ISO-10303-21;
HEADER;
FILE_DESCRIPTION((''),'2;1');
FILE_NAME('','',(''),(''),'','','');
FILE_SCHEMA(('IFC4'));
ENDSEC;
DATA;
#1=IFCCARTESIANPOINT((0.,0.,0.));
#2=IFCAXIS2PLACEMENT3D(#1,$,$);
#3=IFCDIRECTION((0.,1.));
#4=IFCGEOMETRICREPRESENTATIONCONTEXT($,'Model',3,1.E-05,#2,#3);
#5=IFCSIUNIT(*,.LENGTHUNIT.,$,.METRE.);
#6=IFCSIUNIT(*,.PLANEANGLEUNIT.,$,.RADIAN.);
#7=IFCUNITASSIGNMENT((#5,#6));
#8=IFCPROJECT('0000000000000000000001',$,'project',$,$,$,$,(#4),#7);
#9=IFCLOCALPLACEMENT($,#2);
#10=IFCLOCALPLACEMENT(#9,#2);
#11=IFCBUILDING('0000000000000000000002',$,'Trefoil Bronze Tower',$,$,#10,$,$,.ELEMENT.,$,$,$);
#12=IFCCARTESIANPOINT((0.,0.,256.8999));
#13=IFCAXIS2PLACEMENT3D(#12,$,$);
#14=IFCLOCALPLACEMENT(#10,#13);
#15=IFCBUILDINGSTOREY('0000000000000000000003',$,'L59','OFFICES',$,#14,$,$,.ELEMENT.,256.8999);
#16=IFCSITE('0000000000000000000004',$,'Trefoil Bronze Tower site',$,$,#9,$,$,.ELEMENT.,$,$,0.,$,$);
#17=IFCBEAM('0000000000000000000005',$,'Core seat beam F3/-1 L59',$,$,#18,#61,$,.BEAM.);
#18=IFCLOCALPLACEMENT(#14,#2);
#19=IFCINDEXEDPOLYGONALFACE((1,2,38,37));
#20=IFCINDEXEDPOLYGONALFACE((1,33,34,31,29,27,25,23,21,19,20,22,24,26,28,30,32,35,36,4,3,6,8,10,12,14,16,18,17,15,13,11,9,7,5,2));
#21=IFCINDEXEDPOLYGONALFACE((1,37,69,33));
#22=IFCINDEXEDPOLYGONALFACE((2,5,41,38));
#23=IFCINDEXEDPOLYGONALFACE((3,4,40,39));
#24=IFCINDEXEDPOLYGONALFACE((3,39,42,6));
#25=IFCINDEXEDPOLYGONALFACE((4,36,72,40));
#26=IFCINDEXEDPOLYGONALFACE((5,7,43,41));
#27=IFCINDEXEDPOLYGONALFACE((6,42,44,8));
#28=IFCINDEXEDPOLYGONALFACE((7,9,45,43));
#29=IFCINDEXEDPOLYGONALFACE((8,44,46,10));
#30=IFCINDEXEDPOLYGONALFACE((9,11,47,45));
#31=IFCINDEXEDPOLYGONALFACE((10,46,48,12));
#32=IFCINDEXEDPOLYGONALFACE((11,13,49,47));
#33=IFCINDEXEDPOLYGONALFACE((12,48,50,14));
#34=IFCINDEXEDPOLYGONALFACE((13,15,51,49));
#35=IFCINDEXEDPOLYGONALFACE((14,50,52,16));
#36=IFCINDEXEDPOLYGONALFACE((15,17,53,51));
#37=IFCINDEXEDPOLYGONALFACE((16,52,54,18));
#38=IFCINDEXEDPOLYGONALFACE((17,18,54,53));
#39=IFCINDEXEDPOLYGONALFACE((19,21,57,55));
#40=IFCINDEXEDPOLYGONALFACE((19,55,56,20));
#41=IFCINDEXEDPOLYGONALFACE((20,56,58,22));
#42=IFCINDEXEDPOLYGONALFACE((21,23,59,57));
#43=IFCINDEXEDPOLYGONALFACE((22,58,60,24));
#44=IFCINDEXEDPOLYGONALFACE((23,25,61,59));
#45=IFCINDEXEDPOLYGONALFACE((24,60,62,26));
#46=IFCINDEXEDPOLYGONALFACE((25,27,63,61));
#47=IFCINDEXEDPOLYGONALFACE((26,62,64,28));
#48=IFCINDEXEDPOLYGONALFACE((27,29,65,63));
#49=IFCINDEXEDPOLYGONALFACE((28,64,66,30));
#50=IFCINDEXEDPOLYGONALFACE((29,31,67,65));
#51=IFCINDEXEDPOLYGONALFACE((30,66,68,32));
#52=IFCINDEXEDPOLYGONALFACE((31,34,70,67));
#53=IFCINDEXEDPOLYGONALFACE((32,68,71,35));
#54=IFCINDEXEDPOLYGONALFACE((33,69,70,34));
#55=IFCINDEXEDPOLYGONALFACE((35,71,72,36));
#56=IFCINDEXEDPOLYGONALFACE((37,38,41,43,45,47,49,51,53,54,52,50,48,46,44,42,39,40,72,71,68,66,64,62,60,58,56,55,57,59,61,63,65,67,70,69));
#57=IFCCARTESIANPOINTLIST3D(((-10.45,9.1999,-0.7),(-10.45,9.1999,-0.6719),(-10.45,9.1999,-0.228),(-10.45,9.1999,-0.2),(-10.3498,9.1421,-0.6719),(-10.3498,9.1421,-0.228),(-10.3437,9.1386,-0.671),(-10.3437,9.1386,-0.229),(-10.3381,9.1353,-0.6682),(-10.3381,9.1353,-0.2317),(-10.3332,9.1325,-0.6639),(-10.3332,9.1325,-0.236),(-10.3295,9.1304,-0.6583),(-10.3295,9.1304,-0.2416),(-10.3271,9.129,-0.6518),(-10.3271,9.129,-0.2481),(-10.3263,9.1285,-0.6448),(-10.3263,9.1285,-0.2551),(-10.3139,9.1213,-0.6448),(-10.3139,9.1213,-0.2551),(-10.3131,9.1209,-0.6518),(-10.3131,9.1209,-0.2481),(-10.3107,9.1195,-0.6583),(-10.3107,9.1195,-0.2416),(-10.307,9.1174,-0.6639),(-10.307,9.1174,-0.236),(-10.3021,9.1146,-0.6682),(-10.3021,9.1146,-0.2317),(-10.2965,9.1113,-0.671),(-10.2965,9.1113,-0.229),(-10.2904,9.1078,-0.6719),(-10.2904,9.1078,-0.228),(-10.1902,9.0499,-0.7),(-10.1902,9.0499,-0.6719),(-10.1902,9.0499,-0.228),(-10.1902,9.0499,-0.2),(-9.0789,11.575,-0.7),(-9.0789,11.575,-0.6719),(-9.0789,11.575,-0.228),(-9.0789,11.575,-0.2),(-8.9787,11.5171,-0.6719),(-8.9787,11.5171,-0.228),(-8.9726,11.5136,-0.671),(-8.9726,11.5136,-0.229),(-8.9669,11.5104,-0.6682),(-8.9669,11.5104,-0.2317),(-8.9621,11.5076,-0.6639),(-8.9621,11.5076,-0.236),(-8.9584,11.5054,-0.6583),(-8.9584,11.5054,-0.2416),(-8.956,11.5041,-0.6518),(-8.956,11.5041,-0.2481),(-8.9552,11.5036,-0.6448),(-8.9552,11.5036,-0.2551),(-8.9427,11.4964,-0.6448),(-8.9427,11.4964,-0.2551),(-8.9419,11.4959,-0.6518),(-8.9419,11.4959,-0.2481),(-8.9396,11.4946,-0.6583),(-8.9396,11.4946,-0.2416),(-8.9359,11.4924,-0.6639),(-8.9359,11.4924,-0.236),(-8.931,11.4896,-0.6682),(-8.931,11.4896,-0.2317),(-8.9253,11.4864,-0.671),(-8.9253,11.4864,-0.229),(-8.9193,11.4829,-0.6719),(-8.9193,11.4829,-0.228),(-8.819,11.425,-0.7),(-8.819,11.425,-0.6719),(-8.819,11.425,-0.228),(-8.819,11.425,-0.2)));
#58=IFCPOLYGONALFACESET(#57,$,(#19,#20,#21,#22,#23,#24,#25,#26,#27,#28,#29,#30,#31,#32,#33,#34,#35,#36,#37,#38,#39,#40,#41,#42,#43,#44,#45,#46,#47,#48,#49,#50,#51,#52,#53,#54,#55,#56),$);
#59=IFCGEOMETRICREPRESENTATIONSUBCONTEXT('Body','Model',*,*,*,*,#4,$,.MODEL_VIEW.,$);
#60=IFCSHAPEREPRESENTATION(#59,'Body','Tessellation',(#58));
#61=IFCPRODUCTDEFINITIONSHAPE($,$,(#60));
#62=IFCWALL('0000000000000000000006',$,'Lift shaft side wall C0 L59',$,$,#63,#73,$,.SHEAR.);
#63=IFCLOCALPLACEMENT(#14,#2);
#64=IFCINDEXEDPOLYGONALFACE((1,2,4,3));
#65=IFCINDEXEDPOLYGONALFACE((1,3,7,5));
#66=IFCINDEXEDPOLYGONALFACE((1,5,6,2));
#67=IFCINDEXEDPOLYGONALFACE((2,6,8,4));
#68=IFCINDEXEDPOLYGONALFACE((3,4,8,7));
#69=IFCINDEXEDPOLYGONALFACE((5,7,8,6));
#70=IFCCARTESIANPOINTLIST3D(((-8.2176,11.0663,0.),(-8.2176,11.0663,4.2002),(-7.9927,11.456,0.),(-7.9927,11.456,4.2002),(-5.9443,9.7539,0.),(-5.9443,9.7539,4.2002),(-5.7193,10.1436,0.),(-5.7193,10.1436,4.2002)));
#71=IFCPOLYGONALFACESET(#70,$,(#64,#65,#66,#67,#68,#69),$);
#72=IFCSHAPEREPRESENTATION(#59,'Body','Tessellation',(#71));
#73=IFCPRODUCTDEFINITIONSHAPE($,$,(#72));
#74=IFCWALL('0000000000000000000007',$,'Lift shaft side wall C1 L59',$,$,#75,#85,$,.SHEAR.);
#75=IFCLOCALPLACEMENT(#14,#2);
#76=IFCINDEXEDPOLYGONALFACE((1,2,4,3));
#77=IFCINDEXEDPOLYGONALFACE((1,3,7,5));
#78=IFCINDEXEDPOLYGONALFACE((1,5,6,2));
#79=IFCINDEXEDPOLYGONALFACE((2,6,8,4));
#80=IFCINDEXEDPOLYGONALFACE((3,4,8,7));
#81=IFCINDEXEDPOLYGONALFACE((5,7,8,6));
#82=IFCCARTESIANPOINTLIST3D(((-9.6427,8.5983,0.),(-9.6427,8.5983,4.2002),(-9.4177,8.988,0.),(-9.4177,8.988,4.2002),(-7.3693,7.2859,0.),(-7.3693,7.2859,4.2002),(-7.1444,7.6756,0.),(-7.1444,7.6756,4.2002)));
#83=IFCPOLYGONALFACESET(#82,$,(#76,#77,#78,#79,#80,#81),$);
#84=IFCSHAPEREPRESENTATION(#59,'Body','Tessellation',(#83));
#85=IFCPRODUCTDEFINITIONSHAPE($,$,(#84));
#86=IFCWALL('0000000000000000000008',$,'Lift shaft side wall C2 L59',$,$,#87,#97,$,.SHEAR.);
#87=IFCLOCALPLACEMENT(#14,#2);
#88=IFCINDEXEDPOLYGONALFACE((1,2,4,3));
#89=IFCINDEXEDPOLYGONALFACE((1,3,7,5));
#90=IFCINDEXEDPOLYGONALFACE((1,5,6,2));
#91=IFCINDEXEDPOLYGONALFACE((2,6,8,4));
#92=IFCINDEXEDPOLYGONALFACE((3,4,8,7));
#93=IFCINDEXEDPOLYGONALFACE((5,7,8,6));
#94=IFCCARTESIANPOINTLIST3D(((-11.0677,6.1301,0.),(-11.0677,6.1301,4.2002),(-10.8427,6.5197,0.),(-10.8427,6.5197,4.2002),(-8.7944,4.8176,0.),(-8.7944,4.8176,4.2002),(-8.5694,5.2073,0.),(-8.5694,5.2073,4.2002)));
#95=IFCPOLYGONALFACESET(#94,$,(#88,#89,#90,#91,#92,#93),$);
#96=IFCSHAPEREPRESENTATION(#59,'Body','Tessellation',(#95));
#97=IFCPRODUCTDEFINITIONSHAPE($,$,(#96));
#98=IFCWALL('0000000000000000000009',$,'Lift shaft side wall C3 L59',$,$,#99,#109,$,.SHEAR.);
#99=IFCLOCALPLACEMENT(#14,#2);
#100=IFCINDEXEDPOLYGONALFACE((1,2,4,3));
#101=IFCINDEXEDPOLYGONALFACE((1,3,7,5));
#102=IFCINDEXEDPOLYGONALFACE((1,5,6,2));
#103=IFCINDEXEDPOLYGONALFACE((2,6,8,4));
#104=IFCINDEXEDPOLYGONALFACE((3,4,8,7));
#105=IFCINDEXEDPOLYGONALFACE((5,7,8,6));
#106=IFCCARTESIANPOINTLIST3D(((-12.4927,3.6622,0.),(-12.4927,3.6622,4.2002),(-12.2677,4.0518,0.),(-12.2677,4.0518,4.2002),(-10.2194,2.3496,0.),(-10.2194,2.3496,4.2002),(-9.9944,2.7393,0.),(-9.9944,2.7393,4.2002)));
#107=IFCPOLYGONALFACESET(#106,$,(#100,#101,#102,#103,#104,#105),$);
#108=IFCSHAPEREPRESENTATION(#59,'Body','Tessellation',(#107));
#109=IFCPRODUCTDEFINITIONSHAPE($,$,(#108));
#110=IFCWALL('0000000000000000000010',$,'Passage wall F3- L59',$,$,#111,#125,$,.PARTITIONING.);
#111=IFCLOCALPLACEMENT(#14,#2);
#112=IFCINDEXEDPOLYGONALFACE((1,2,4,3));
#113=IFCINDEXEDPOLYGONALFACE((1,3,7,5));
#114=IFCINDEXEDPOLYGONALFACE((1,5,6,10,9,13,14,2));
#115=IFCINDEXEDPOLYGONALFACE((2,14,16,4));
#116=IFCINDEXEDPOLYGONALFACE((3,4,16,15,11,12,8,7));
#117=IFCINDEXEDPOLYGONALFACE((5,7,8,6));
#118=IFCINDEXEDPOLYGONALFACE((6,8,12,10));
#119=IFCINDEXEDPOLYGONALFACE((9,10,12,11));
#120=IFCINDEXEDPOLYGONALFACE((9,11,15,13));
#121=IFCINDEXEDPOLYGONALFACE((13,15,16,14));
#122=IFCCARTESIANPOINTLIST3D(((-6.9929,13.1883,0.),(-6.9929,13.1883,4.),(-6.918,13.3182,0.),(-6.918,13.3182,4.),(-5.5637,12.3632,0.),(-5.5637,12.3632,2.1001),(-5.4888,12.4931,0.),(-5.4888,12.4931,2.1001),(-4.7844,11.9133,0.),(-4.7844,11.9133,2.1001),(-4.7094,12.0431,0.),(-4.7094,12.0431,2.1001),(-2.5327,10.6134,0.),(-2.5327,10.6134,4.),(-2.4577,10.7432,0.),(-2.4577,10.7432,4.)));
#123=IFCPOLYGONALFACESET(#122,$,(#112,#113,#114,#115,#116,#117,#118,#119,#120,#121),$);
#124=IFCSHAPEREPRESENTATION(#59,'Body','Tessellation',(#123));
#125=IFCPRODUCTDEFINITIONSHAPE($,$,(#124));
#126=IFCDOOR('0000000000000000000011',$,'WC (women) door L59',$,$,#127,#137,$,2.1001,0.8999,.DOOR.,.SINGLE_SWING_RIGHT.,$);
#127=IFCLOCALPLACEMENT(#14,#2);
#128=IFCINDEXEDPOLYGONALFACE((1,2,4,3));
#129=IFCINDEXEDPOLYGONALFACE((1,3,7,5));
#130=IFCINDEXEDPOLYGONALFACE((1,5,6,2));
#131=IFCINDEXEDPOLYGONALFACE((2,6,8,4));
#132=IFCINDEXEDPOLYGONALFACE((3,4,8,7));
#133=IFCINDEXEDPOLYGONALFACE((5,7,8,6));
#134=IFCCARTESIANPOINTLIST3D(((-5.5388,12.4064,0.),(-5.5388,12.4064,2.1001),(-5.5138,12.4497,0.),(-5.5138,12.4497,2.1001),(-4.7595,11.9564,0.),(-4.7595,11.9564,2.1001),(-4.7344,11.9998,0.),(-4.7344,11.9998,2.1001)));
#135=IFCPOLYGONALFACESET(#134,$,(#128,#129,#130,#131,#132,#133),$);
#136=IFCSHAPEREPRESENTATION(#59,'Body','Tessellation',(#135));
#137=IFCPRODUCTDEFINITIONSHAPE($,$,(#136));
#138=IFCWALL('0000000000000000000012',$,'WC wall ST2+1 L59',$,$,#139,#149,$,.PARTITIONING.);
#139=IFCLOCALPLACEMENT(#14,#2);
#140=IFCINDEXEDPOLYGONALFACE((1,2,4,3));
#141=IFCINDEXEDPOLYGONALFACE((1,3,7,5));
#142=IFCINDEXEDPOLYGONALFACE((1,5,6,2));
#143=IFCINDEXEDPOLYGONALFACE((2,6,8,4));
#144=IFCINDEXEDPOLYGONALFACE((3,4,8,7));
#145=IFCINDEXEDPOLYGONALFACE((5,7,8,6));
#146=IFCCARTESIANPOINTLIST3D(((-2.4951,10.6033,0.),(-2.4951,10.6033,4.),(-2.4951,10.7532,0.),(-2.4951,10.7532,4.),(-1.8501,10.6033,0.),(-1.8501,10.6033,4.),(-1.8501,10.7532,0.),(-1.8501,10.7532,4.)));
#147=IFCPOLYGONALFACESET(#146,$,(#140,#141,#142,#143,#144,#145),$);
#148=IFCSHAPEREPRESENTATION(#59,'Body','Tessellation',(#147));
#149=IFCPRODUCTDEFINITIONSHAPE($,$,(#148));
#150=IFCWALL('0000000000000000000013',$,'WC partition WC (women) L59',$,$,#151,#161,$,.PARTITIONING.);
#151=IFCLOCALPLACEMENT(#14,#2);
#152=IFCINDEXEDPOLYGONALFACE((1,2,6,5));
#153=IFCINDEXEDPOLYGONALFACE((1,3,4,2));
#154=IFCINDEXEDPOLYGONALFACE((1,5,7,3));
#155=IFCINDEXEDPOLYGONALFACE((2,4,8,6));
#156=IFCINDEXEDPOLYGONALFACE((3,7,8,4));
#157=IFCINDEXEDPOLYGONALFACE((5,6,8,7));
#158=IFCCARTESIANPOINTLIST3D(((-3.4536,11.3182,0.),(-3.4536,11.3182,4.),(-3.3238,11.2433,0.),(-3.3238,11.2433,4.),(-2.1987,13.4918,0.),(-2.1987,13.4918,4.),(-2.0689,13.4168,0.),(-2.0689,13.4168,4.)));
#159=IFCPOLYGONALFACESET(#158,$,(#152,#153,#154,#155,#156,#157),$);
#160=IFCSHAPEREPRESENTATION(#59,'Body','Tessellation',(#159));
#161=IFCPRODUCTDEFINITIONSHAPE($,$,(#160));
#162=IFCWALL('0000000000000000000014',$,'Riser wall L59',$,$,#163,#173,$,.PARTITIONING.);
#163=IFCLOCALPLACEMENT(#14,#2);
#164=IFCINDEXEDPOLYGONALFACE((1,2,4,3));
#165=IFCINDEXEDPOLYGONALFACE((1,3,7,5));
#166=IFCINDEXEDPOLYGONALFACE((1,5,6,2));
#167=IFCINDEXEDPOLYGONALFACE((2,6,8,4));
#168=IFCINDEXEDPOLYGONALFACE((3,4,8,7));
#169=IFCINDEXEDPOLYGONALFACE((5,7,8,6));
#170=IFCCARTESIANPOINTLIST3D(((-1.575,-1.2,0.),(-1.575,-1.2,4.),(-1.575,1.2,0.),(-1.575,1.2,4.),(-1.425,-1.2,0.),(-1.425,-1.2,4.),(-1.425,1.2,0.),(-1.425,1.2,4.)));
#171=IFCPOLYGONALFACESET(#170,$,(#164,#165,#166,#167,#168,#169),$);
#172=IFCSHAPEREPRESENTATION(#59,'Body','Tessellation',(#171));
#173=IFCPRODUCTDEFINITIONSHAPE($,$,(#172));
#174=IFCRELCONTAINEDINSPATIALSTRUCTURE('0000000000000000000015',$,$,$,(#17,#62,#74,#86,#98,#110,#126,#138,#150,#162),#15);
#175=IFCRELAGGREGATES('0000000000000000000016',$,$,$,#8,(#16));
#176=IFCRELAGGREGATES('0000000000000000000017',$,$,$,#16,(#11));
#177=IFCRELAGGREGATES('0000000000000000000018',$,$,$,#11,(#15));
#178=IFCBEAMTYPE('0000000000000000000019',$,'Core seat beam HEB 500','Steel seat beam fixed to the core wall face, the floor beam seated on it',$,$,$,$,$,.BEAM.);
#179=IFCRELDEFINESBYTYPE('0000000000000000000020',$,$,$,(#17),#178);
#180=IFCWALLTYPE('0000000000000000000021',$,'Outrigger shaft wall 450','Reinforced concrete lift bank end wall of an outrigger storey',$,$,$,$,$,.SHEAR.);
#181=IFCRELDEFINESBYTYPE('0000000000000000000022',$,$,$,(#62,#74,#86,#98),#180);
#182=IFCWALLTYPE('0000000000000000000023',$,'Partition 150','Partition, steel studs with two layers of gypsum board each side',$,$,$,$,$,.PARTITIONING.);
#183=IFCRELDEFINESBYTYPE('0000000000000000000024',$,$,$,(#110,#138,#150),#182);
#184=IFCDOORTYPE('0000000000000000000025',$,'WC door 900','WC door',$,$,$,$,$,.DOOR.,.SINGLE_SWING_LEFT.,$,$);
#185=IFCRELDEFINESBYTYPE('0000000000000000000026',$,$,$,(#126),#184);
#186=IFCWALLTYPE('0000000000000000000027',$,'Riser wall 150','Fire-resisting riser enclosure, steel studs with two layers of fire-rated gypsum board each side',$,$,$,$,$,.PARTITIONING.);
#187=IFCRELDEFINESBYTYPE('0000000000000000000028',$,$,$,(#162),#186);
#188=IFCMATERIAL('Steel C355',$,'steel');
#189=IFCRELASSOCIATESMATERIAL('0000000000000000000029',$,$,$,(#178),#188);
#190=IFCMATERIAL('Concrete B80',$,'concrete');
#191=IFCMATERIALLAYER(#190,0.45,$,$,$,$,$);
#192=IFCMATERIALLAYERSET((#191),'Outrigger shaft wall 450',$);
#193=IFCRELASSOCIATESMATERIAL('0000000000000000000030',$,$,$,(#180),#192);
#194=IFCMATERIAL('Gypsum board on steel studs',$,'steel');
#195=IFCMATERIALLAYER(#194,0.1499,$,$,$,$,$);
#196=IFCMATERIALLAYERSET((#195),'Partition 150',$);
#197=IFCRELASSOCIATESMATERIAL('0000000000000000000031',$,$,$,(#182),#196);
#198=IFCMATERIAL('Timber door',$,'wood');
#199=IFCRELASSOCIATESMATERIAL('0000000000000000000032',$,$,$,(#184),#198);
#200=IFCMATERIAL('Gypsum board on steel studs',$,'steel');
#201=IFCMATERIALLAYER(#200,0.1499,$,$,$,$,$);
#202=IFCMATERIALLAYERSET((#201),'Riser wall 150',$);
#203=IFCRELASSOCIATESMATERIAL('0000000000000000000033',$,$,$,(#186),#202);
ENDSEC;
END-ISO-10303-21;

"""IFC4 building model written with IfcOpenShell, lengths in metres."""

from ifc_helpers import new_model, si_unit, direction, frame, frame_2d, origin, origin_2d, place, context, subcontext, project, spatial, rectangle, i_section, extrude, material, layer, layer_set, material_profile, profile_set, type_object, element, fill, save


model = new_model("IFC4")

# Units and contexts
model_context = context("Model", 3, precision=1e-05, world=origin(), true_north=direction((0.0, 1.0)))
body_context = subcontext(model_context, "Body", "Model", "MODEL_VIEW")
ifc_project = project(units=[si_unit("LENGTHUNIT", "METRE"), si_unit("PLANEANGLEUNIT", "RADIAN")], contexts=[model_context])

# Site, building, storey
site_placement = place(None, origin())
site = spatial("IfcSite", under=ifc_project, at=site_placement, Name="Trefoil Bronze Tower site", CompositionType="ELEMENT", RefElevation=0.0)
building_placement = place(site_placement, origin())
building = spatial("IfcBuilding", under=site, at=building_placement, Name="Trefoil Bronze Tower", CompositionType="ELEMENT")
storey_placement = place(building_placement, frame((0.0, 0.0, 256.8999)))
storey = spatial("IfcBuildingStorey", under=building, at=storey_placement, Name="L59", Description="OFFICES", CompositionType="ELEMENT", Elevation=256.8999)

# Beam
ifc_material_1 = material(Name="Steel C355", Category="steel")
ifc_material_profile = material_profile(ifc_material_1, i_section(OverallWidth=0.3, OverallDepth=0.5, WebThickness=0.0144, FlangeThickness=0.0281, FilletRadius=0.0271, at=origin_2d()), Name="HEB 500")
ifc_profile_set = profile_set([ifc_material_profile], Name="Steel C355")
beam_type = type_object("IfcBeamType", Name="Core seat beam HEB 500", Description="Steel seat beam fixed to the core wall face, the floor beam seated on it", PredefinedType="BEAM", material=ifc_profile_set)
beam_placement = place(storey_placement, frame((-8.949, 11.5, -0.45), z_axis=(-0.499969, -0.866043, 0.0), x_axis=(0.866043, -0.499969, 0.0)))
element("IfcBeam", 1, at=beam_placement, inside=storey, type_object=beam_type, Name="Core seat beam F3/-1 L59", PredefinedType="BEAM", context=body_context, shape_type="SweptSolid", body=[
    extrude(i_section(OverallWidth=0.3, OverallDepth=0.5, WebThickness=0.0144, FlangeThickness=0.0281, FilletRadius=0.0271, at=origin_2d()), origin(), (0.0, 0.0, 1.0), 2.7424),
])

# Walls
ifc_material_2 = material(Name="Concrete B80", Category="concrete")
ifc_layer_1 = layer(ifc_material_2, 0.45)
ifc_layer_set_1 = layer_set([ifc_layer_1], Name="Outrigger shaft wall 450")
wall_type_1 = type_object("IfcWallType", Name="Outrigger shaft wall 450", Description="Reinforced concrete lift bank end wall of an outrigger storey", PredefinedType="SHEAR", material=ifc_layer_set_1)
for number, where, z_axis, x_axis, name in (
    (2, (-5.8318, 9.9487, 0.0), (0.0, 0.0, 1.0), (-0.866037, 0.49998, 0.0), "Lift shaft side wall C0 L59"),
    (3, (-7.2568, 7.4807, 0.0), (0.0, 0.0, 1.0), (-0.866037, 0.49998, 0.0), "Lift shaft side wall C1 L59"),
    (4, (-8.6819, 5.0125, 0.0), (0.0, 0.0, 1.0), (-0.866037, 0.49998, 0.0), "Lift shaft side wall C2 L59"),
    (5, (-10.1069, 2.5444, 0.0), (0.0, 0.0, 1.0), (-0.866014, 0.50002, 0.0), "Lift shaft side wall C3 L59"),
):
    element("IfcWall", number, at=place(storey_placement, frame(where, z_axis=z_axis, x_axis=x_axis)), inside=storey, type_object=wall_type_1, Name=name, PredefinedType="SHEAR", context=body_context, shape_type="SweptSolid", body=[
        extrude(rectangle(XDim=2.625, YDim=0.45, at=frame_2d((1.3125, 0.0))), origin(), (0.0, 0.0, 1.0), 4.2002),
    ])

# Wall, opening, door
ifc_material_3 = material(Name="Gypsum board on steel studs", Category="steel")
ifc_layer_2 = layer(ifc_material_3, 0.1499)
ifc_layer_set_2 = layer_set([ifc_layer_2], Name="Partition 150")
wall_type_2 = type_object("IfcWallType", Name="Partition 150", Description="Partition, steel studs with two layers of gypsum board each side", PredefinedType="PARTITIONING", material=ifc_layer_set_2)
wall_1_placement = place(storey_placement, frame((-2.4951, 10.6782, 0.0), z_axis=(0.0, 0.0, 1.0), x_axis=(-0.866038, 0.499978, 0.0)))
wall_1 = element("IfcWall", 6, at=wall_1_placement, inside=storey, type_object=wall_type_2, Name="Passage wall F3- L59", PredefinedType="PARTITIONING", context=body_context, shape_type="SweptSolid", body=[
    extrude(rectangle(XDim=5.1501, YDim=0.1499, at=frame_2d((2.5752, 0.0))), origin(), (0.0, 0.0, 1.0), 4.0),
])
opening_1_placement = place(wall_1_placement, frame((2.6001, 0.0, 0.0)))
opening_1 = element("IfcOpeningElement", 7, at=opening_1_placement, cuts=wall_1, PredefinedType="OPENING", context=body_context, shape_type="SweptSolid", body=[
    extrude(rectangle(XDim=0.8999, YDim=2.1001, at=frame_2d((0.45, 1.05))), frame((0.0, 0.085, 0.0), z_axis=(0.0, -1.0, 0.0), x_axis=(1.0, 0.0, 0.0)), (0.0, 0.0, 1.0), 0.1699),
])
ifc_material_4 = material(Name="Timber door", Category="wood")
door_type_1 = type_object("IfcDoorType", Name="WC door 900", Description="WC door", OperationType="SINGLE_SWING_LEFT", PredefinedType="DOOR", material=ifc_material_4)
door_1_placement = place(opening_1_placement, frame((0.8999, 0.0, 0.0), z_axis=(0.0, 0.0, 1.0), x_axis=(-1.0, 0.0, 0.0)))
door_1 = element("IfcDoor", 8, at=door_1_placement, inside=storey, type_object=door_type_1, Name="WC (women) door L59", OperationType="SINGLE_SWING_RIGHT", OverallHeight=2.1001, OverallWidth=0.8999, PredefinedType="DOOR", context=body_context, shape_type="SweptSolid", body=[
    extrude(rectangle(XDim=0.8999, YDim=2.1001, at=frame_2d((0.45, 1.05))), frame((0.0, 0.0249, 0.0), z_axis=(0.0, -1.0, 0.0), x_axis=(1.0, 0.0, 0.0)), (0.0, 0.0, 1.0), 0.05),
])
fill(opening_1, door_1)

# Walls
wall_2_placement = place(storey_placement, frame((-2.4951, 10.6782, 0.0), z_axis=(0.0, 0.0, 1.0), x_axis=(1.0, 0.0, 0.0)))
element("IfcWall", 9, at=wall_2_placement, inside=storey, type_object=wall_type_2, Name="WC wall ST2+1 L59", PredefinedType="PARTITIONING", context=body_context, shape_type="SweptSolid", body=[
    extrude(rectangle(XDim=0.645, YDim=0.1499, at=frame_2d((0.3225, 0.0))), origin(), (0.0, 0.0, 1.0), 4.0),
])
wall_3_placement = place(storey_placement, frame((-3.3887, 11.2808, 0.0), z_axis=(0.0, 0.0, 1.0), x_axis=(0.499989, 0.866032, 0.0)))
element("IfcWall", 10, at=wall_3_placement, inside=storey, type_object=wall_type_2, Name="WC partition WC (women) L59", PredefinedType="PARTITIONING", context=body_context, shape_type="SweptSolid", body=[
    extrude(rectangle(XDim=2.5098, YDim=0.1499, at=frame_2d((1.2549, 0.0))), origin(), (0.0, 0.0, 1.0), 4.0),
])
ifc_material_5 = material(Name="Gypsum board on steel studs", Category="steel")
ifc_layer_3 = layer(ifc_material_5, 0.1499)
ifc_layer_set_3 = layer_set([ifc_layer_3], Name="Riser wall 150")
wall_type_3 = type_object("IfcWallType", Name="Riser wall 150", Description="Fire-resisting riser enclosure, steel studs with two layers of fire-rated gypsum board each side", PredefinedType="PARTITIONING", material=ifc_layer_set_3)
wall_4_placement = place(storey_placement, frame((-1.5, 1.2, 0.0), z_axis=(0.0, 0.0, 1.0), x_axis=(0.0, -1.0, 0.0)))
element("IfcWall", 11, at=wall_4_placement, inside=storey, type_object=wall_type_3, Name="Riser wall L59", PredefinedType="PARTITIONING", context=body_context, shape_type="SweptSolid", body=[
    extrude(rectangle(XDim=2.3999, YDim=0.1499, at=frame_2d((1.2, 0.0))), origin(), (0.0, 0.0, 1.0), 4.0),
])

save(model, "model.ifc")
